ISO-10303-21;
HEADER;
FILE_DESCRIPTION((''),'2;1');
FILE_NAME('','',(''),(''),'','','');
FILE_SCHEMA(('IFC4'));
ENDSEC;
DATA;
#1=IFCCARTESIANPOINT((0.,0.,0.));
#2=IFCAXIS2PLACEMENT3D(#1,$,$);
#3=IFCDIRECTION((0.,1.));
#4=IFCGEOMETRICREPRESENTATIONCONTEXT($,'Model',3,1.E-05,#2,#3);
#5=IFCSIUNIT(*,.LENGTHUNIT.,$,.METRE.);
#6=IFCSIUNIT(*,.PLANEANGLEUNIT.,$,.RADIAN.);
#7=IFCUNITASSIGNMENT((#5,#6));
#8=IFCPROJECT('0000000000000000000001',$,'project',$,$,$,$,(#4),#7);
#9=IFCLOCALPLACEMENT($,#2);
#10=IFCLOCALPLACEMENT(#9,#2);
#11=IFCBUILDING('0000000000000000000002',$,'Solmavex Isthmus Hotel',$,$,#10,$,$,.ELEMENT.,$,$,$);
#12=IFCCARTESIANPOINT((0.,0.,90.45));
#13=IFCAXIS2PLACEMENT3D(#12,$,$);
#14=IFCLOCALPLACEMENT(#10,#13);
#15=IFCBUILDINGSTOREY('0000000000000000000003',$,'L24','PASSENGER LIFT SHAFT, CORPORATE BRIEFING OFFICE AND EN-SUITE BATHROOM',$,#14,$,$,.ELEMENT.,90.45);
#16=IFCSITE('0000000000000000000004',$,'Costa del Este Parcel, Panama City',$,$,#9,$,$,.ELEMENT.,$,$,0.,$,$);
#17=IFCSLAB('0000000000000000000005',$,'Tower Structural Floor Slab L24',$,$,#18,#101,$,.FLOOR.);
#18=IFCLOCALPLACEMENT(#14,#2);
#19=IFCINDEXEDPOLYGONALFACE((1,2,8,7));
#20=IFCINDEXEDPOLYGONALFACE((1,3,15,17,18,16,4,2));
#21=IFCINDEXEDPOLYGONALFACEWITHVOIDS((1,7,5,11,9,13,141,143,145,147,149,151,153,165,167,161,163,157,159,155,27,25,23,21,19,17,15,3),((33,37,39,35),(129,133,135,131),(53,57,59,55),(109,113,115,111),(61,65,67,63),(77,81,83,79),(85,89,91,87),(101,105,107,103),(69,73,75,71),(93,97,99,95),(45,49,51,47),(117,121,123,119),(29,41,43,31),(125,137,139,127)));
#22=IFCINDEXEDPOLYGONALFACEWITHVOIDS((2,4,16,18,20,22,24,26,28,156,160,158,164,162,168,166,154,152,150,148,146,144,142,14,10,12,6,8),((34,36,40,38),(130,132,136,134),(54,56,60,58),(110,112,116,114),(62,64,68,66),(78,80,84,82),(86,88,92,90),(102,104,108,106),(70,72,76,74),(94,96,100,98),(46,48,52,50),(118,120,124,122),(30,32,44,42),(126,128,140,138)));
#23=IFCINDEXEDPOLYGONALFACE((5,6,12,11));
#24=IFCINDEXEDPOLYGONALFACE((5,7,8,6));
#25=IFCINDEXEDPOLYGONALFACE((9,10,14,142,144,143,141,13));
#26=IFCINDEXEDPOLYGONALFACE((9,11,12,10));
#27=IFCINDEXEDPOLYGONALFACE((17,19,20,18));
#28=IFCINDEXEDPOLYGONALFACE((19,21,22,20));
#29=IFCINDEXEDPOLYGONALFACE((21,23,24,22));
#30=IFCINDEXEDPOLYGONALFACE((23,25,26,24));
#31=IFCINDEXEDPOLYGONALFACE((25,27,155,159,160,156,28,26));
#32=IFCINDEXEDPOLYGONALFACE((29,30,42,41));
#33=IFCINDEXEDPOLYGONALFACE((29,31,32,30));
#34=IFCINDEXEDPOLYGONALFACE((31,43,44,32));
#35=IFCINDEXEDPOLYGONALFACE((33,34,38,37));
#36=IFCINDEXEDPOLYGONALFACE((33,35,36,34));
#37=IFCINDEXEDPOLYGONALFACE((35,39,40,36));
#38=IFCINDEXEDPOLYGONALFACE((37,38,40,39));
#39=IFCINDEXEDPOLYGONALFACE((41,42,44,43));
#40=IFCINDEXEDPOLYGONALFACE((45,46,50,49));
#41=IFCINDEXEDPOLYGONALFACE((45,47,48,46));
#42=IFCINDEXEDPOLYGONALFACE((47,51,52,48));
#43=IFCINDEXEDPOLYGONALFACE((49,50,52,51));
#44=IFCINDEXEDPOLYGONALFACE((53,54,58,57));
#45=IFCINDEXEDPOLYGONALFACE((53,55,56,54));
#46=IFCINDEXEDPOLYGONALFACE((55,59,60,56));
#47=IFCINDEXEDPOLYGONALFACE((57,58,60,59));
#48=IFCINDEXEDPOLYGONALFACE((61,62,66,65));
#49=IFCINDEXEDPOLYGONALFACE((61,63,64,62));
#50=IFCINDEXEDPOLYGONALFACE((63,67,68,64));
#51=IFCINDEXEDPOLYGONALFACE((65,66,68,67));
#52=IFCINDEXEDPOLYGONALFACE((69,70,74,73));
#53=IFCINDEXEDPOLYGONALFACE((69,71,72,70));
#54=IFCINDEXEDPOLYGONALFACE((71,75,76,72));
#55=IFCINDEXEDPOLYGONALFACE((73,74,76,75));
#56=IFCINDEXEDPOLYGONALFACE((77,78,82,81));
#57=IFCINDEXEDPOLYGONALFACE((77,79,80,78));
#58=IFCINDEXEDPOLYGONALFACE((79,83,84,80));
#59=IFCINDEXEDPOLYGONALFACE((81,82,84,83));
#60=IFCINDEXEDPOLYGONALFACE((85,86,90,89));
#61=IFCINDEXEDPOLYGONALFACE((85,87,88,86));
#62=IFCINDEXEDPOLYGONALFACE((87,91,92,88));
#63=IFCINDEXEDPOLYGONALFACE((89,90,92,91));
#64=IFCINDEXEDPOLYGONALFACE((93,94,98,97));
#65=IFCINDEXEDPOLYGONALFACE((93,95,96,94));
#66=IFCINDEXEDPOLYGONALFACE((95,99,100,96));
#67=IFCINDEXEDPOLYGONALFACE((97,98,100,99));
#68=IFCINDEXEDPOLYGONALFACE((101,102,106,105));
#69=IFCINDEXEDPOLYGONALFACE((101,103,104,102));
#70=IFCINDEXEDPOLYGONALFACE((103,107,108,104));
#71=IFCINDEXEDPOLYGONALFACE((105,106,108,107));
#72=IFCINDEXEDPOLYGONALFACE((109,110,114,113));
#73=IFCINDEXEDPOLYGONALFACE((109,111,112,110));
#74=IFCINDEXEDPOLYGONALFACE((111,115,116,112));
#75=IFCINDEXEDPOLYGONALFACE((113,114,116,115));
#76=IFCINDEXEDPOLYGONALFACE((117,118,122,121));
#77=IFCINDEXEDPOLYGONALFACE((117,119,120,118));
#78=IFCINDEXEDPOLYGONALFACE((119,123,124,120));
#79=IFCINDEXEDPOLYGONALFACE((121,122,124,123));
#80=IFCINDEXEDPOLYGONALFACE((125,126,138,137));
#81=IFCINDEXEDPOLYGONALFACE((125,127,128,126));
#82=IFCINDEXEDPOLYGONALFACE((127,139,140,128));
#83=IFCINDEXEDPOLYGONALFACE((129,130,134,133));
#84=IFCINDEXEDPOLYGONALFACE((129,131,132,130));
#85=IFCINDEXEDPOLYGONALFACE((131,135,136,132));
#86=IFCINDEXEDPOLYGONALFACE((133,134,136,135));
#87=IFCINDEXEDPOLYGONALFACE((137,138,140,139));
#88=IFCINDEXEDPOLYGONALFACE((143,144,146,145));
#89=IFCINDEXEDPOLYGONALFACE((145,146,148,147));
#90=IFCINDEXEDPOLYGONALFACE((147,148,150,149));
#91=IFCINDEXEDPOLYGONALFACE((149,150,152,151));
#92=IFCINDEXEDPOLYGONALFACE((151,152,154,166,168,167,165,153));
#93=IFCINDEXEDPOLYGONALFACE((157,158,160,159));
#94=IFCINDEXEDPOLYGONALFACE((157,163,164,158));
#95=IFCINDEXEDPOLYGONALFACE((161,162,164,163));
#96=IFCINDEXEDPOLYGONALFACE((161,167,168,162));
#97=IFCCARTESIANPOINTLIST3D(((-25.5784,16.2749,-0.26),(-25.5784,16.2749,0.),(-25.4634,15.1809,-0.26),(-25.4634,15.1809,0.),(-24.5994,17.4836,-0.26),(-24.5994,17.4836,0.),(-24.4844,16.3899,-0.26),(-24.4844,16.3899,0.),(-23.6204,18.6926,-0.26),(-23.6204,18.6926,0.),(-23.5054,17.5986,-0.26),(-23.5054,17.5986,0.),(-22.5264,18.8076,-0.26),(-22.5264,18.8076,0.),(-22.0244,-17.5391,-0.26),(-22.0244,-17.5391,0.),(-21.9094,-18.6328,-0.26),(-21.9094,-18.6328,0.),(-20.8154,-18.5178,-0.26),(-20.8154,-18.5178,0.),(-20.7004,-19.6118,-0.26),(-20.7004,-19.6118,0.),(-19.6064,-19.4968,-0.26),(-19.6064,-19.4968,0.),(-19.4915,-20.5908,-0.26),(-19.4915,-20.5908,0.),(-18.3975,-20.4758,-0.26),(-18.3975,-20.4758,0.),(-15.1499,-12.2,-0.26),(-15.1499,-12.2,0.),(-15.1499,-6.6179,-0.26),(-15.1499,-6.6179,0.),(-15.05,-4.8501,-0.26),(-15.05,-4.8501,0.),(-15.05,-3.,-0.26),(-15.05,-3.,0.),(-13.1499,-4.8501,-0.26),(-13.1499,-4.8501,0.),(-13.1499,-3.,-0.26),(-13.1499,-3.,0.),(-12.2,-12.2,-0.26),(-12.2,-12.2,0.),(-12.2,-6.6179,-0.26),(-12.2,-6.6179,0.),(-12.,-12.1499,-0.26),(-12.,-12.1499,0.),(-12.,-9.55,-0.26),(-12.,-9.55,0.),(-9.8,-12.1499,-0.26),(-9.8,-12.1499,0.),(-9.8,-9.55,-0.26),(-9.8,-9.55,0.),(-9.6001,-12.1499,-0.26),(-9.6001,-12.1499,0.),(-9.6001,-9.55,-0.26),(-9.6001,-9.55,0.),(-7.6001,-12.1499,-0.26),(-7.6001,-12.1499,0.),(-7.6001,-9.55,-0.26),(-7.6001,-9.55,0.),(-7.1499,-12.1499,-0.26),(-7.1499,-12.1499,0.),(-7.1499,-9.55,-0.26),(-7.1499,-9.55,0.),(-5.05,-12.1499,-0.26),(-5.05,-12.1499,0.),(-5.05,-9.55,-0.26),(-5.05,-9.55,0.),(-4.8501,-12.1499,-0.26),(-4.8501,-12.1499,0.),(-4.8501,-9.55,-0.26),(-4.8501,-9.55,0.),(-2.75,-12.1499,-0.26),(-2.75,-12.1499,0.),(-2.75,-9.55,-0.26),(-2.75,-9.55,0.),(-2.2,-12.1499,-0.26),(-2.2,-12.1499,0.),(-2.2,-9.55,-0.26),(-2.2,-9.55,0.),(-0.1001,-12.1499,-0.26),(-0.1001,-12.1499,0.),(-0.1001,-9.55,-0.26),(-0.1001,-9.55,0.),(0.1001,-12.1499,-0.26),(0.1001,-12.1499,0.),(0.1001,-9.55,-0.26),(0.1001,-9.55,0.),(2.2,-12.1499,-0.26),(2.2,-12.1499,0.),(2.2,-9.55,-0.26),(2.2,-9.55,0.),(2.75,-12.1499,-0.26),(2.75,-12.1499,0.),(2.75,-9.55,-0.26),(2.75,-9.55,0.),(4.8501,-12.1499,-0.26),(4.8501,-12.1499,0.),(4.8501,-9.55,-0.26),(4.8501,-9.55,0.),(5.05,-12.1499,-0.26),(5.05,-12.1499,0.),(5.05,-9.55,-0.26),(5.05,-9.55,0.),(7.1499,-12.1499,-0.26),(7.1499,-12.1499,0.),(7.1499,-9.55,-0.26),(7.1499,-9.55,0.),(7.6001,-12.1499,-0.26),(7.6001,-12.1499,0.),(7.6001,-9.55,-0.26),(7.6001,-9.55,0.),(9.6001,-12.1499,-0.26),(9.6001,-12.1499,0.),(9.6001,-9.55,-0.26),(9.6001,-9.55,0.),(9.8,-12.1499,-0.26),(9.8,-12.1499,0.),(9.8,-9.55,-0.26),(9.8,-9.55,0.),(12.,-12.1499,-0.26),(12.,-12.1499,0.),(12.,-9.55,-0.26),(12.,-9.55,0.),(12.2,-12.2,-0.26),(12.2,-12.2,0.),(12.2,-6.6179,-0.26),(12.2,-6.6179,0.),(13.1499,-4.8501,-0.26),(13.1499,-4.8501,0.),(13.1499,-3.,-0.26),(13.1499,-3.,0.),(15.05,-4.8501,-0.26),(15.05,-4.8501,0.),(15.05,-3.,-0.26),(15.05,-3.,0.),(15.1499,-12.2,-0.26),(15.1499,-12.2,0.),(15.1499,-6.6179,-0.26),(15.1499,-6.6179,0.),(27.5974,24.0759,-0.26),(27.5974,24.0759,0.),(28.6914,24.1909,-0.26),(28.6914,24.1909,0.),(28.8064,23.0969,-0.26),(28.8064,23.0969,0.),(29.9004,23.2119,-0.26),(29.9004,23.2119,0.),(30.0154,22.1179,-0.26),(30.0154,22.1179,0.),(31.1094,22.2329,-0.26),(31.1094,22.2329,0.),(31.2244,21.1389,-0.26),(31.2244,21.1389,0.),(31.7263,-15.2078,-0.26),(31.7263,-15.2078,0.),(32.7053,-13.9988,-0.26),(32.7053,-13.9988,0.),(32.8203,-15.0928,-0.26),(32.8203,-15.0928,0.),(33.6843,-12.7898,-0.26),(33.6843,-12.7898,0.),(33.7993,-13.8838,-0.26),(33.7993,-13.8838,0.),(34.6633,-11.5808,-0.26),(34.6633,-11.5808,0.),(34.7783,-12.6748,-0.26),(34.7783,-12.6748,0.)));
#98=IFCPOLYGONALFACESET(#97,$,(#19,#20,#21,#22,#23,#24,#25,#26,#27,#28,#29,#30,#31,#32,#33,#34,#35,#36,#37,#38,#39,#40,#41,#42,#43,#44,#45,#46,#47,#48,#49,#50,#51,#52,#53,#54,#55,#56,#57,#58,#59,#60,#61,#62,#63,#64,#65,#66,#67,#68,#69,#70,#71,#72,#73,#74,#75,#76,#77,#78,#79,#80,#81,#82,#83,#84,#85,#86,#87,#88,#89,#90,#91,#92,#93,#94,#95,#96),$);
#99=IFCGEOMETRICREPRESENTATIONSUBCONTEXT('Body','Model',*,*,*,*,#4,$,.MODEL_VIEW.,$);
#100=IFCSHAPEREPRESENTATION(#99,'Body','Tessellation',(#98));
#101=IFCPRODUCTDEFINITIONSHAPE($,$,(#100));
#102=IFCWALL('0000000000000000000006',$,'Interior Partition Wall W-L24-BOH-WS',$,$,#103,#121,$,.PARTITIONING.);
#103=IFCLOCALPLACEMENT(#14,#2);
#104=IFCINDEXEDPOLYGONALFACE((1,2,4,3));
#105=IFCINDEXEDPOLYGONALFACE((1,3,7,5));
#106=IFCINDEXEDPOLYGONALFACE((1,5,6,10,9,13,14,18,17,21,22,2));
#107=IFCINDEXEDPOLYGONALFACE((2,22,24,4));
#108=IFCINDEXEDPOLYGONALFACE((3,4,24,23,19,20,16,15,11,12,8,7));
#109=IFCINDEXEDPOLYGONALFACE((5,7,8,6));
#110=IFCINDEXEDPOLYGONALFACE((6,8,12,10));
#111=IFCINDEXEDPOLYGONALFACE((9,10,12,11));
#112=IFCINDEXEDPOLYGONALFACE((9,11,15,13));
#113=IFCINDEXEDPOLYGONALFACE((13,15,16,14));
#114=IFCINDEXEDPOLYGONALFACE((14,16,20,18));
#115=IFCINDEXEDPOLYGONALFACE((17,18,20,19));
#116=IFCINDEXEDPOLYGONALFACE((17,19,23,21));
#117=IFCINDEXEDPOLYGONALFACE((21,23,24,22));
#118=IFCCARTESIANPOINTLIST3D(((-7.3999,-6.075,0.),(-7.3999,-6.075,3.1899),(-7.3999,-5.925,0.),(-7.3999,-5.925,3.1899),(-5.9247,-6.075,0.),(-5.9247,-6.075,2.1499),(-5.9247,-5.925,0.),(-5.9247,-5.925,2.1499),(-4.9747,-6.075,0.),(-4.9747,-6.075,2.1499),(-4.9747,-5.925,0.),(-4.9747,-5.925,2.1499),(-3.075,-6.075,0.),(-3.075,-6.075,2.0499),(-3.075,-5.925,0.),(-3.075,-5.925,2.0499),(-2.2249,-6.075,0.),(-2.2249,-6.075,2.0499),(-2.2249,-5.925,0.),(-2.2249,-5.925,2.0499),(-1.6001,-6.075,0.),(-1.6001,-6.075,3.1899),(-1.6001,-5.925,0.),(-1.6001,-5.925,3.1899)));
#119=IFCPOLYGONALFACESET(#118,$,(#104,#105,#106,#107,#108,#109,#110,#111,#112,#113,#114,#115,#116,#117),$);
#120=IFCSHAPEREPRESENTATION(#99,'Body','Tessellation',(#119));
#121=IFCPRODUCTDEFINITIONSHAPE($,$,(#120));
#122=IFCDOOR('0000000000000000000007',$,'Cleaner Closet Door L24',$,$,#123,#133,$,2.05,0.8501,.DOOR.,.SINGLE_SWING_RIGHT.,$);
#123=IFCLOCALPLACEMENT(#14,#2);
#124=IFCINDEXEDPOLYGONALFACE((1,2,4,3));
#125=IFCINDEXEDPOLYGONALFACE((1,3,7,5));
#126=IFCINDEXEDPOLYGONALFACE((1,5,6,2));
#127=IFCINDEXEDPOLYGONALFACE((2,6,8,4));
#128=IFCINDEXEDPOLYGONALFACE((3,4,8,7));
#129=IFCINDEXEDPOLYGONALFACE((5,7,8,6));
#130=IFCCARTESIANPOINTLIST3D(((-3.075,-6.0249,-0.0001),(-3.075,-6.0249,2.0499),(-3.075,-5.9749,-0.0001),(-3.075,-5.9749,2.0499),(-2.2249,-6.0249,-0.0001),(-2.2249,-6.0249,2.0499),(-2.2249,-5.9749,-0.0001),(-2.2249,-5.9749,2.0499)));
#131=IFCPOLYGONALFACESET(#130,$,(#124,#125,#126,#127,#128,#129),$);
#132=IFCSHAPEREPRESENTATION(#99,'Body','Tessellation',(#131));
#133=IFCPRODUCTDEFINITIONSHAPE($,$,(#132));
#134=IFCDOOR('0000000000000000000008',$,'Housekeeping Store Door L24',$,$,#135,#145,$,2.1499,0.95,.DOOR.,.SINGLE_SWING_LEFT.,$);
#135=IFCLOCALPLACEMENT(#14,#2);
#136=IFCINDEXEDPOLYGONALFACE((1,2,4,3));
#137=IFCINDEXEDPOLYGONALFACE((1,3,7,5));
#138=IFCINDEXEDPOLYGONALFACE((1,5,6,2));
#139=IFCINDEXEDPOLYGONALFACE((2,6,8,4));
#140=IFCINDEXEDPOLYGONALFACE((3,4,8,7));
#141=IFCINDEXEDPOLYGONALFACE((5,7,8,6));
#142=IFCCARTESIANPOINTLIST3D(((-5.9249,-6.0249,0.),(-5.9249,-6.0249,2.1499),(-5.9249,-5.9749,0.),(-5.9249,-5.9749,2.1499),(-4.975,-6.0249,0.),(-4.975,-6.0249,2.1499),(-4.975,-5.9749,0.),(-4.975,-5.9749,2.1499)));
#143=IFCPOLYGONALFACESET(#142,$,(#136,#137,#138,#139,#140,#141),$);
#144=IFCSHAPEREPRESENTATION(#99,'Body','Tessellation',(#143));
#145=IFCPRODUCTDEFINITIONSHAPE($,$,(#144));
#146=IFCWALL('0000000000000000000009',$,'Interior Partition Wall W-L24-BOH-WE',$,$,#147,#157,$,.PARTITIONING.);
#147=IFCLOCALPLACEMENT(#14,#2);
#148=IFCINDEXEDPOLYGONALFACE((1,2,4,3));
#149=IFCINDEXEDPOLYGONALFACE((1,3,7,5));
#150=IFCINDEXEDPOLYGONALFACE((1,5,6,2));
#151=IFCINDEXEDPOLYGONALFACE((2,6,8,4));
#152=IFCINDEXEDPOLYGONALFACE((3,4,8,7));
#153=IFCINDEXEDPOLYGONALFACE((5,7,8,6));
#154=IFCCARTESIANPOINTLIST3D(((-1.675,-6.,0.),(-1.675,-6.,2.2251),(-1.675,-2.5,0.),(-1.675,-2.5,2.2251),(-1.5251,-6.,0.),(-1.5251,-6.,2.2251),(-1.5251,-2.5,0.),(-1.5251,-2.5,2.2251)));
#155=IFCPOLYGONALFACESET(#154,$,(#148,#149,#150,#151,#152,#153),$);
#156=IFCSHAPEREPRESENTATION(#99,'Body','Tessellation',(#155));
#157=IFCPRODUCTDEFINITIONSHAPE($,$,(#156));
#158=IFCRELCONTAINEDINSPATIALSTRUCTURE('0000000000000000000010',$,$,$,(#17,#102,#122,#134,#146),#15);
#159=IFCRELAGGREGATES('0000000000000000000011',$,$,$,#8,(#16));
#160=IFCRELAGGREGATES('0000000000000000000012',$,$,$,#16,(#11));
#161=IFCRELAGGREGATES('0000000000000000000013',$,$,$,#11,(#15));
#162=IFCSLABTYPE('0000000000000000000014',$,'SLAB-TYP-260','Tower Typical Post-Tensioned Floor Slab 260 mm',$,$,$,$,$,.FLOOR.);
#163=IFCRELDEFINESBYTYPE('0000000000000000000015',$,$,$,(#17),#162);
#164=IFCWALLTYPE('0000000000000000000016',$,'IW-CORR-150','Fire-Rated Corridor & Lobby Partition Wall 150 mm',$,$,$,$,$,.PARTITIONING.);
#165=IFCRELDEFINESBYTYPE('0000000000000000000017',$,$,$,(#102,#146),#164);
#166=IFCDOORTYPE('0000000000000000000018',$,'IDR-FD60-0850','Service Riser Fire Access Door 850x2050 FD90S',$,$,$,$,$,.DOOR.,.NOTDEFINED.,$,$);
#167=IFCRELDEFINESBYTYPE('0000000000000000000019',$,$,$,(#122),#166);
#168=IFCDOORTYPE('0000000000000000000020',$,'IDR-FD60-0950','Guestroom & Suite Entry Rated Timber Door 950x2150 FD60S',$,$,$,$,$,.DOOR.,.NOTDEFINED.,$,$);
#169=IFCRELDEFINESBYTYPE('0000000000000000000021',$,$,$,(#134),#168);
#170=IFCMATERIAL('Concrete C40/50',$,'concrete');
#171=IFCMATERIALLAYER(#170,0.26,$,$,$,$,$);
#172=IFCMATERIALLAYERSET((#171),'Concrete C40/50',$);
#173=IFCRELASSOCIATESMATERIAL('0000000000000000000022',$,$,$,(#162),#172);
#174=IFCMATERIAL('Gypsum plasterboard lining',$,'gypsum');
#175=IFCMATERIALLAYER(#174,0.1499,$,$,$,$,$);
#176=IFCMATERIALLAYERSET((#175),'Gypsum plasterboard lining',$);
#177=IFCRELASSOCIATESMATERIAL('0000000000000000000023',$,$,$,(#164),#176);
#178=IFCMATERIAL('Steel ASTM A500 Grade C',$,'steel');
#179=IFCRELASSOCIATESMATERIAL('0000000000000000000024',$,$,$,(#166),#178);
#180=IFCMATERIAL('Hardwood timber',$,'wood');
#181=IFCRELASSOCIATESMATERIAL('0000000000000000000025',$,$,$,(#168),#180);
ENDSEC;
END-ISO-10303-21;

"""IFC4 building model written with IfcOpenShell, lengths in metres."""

from ifc_helpers import new_model, si_unit, direction, frame, frame_2d, origin, place, context, subcontext, project, spatial, polyline, rectangle, outline, extrude, material, layer, layer_set, type_object, element, fill, save


model = new_model("IFC4")

# Units and contexts
model_context = context("Model", 3, precision=1e-05, world=origin(), true_north=direction((0.0, 1.0)))
body_context = subcontext(model_context, "Body", "Model", "MODEL_VIEW")
ifc_project = project(units=[si_unit("LENGTHUNIT", "METRE"), si_unit("PLANEANGLEUNIT", "RADIAN")], contexts=[model_context])

# Site, building, storey
site_placement = place(None, origin())
site = spatial("IfcSite", under=ifc_project, at=site_placement, Name="Costa del Este Parcel, Panama City", CompositionType="ELEMENT", RefElevation=0.0)
building_placement = place(site_placement, origin())
building = spatial("IfcBuilding", under=site, at=building_placement, Name="Solmavex Isthmus Hotel", CompositionType="ELEMENT")
storey_placement = place(building_placement, frame((0.0, 0.0, 90.45)))
storey = spatial("IfcBuildingStorey", under=building, at=storey_placement, Name="L24", Description="PASSENGER LIFT SHAFT, CORPORATE BRIEFING OFFICE AND EN-SUITE BATHROOM", CompositionType="ELEMENT", Elevation=90.45)

# Slab
ifc_material_1 = material(Name="Concrete C40/50", Category="concrete")
ifc_layer_1 = layer(ifc_material_1, 0.26)
ifc_layer_set_1 = layer_set([ifc_layer_1], Name="Concrete C40/50")
slab_type_1 = type_object("IfcSlabType", Name="SLAB-TYP-260", Description="Tower Typical Post-Tensioned Floor Slab 260 mm", PredefinedType="FLOOR", material=ifc_layer_set_1)
slab_1_placement = place(storey_placement, frame((0.0, 0.0, -0.26)))
element("IfcSlab", 1, at=slab_1_placement, inside=storey, type_object=slab_type_1, Name="Tower Structural Floor Slab L24", PredefinedType="FLOOR", context=body_context, shape_type="SweptSolid", body=[
    extrude(outline(polyline([(-18.3975, -20.4758), (31.7263, -15.2078), (32.8203, -15.0928), (32.7053, -13.9988), (33.7993, -13.8838), (33.6843, -12.7898), (34.7783, -12.6748), (34.6633, -11.5808), (31.2244, 21.1389), (31.1094, 22.2329), (30.0154, 22.1179), (29.9004, 23.2119), (28.8064, 23.0969), (28.6914, 24.1909), (27.5974, 24.0759), (-22.5264, 18.8076), (-23.6204, 18.6926), (-23.5054, 17.5986), (-24.5994, 17.4836), (-24.4844, 16.3899), (-25.5784, 16.2749), (-25.4634, 15.1809), (-22.0244, -17.5391), (-21.9094, -18.6328), (-20.8154, -18.5178), (-20.7004, -19.6118), (-19.6064, -19.4968), (-19.4915, -20.5908), (-18.3975, -20.4758)]), holes=[polyline([(-15.1499, -6.6179), (-15.1499, -12.2), (-12.2, -12.2), (-12.2, -6.6179), (-15.1499, -6.6179)]), polyline([(12.2, -6.6179), (12.2, -12.2), (15.1499, -12.2), (15.1499, -6.6179), (12.2, -6.6179)]), polyline([(-12.0, -12.1499), (-9.8, -12.1499), (-9.8, -9.55), (-12.0, -9.55), (-12.0, -12.1499)]), polyline([(9.8, -12.1499), (12.0, -12.1499), (12.0, -9.55), (9.8, -9.55), (9.8, -12.1499)]), polyline([(-9.6001, -12.1499), (-7.6001, -12.1499), (-7.6001, -9.55), (-9.6001, -9.55), (-9.6001, -12.1499)]), polyline([(7.6001, -12.1499), (9.6001, -12.1499), (9.6001, -9.55), (7.6001, -9.55), (7.6001, -12.1499)]), polyline([(-7.1499, -12.1499), (-5.05, -12.1499), (-5.05, -9.55), (-7.1499, -9.55), (-7.1499, -12.1499)]), polyline([(-4.8501, -12.1499), (-2.75, -12.1499), (-2.75, -9.55), (-4.8501, -9.55), (-4.8501, -12.1499)]), polyline([(-2.2, -12.1499), (-0.1001, -12.1499), (-0.1001, -9.55), (-2.2, -9.55), (-2.2, -12.1499)]), polyline([(0.1001, -12.1499), (2.2, -12.1499), (2.2, -9.55), (0.1001, -9.55), (0.1001, -12.1499)]), polyline([(2.75, -12.1499), (4.8501, -12.1499), (4.8501, -9.55), (2.75, -9.55), (2.75, -12.1499)]), polyline([(5.05, -12.1499), (7.1499, -12.1499), (7.1499, -9.55), (5.05, -9.55), (5.05, -12.1499)]), polyline([(-15.05, -4.8501), (-13.1499, -4.8501), (-13.1499, -3.0), (-15.05, -3.0), (-15.05, -4.8501)]), polyline([(13.1499, -4.8501), (15.05, -4.8501), (15.05, -3.0), (13.1499, -3.0), (13.1499, -4.8501)])]), origin(), (0.0, 0.0, 1.0), 0.26),
])

# Wall, openings, doors
ifc_material_2 = material(Name="Gypsum plasterboard lining", Category="gypsum")
ifc_layer_2 = layer(ifc_material_2, 0.1499)
ifc_layer_set_2 = layer_set([ifc_layer_2], Name="Gypsum plasterboard lining")
wall_type_1 = type_object("IfcWallType", Name="IW-CORR-150", Description="Fire-Rated Corridor & Lobby Partition Wall 150 mm", PredefinedType="PARTITIONING", material=ifc_layer_set_2)
wall_1_placement = place(storey_placement, frame((-7.3999, -6.0, 0.0), z_axis=(0.0, 0.0, 1.0), x_axis=(1.0, 0.0, 0.0)))
wall_1 = element("IfcWall", 2, at=wall_1_placement, inside=storey, type_object=wall_type_1, Name="Interior Partition Wall W-L24-BOH-WS", PredefinedType="PARTITIONING", context=body_context, shape_type="SweptSolid", body=[
    extrude(rectangle(XDim=5.7998, YDim=0.1499, at=frame_2d((2.8999, 0.0))), origin(), (0.0, 0.0, 1.0), 3.1899),
])
opening_1_placement = place(wall_1_placement, frame((1.4751, 0.0, 0.0)))
opening_1 = element("IfcOpeningElement", 3, at=opening_1_placement, cuts=wall_1, PredefinedType="OPENING", context=body_context, shape_type="SweptSolid", body=[
    extrude(rectangle(XDim=0.95, YDim=2.1499, at=frame_2d((0.4751, 1.075))), frame((0.0, 0.085, 0.0), z_axis=(0.0, -1.0, 0.0), x_axis=(1.0, 0.0, 0.0)), (0.0, 0.0, 1.0), 0.1699),
])
opening_2_placement = place(wall_1_placement, frame((4.325, 0.0, 0.0)))
opening_2 = element("IfcOpeningElement", 4, at=opening_2_placement, cuts=wall_1, PredefinedType="OPENING", context=body_context, shape_type="SweptSolid", body=[
    extrude(rectangle(XDim=0.8501, YDim=2.05, at=frame_2d((0.425, 1.0249))), frame((0.0, 0.085, 0.0), z_axis=(0.0, -1.0, 0.0), x_axis=(1.0, 0.0, 0.0)), (0.0, 0.0, 1.0), 0.1699),
])
ifc_material_3 = material(Name="Steel ASTM A500 Grade C", Category="steel")
door_type_1 = type_object("IfcDoorType", Name="IDR-FD60-0850", Description="Service Riser Fire Access Door 850x2050 FD90S", OperationType="NOTDEFINED", PredefinedType="DOOR", material=ifc_material_3)
door_1_placement = place(opening_2_placement, frame((0.8501, 0.0, 0.0), z_axis=(0.0, 0.0, 1.0), x_axis=(-1.0, 0.0, 0.0)))
door_1 = element("IfcDoor", 5, at=door_1_placement, inside=storey, type_object=door_type_1, Name="Cleaner Closet Door L24", OperationType="SINGLE_SWING_RIGHT", OverallHeight=2.05, OverallWidth=0.8501, PredefinedType="DOOR", context=body_context, shape_type="SweptSolid", body=[
    extrude(rectangle(XDim=0.8501, YDim=2.05, at=frame_2d((0.425, 1.0249))), frame((0.0, 0.0249, 0.0), z_axis=(0.0, -1.0, 0.0), x_axis=(1.0, 0.0, 0.0)), (0.0, 0.0, 1.0), 0.05),
])
fill(opening_2, door_1)
ifc_material_4 = material(Name="Hardwood timber", Category="wood")
door_type_2 = type_object("IfcDoorType", Name="IDR-FD60-0950", Description="Guestroom & Suite Entry Rated Timber Door 950x2150 FD60S", OperationType="NOTDEFINED", PredefinedType="DOOR", material=ifc_material_4)
door_2_placement = place(opening_1_placement, frame((0.95, 0.0, 0.0), z_axis=(0.0, 0.0, 1.0), x_axis=(-1.0, 0.0, 0.0)))
door_2 = element("IfcDoor", 6, at=door_2_placement, inside=storey, type_object=door_type_2, Name="Housekeeping Store Door L24", OperationType="SINGLE_SWING_LEFT", OverallHeight=2.1499, OverallWidth=0.95, PredefinedType="DOOR", context=body_context, shape_type="SweptSolid", body=[
    extrude(rectangle(XDim=0.95, YDim=2.1499, at=frame_2d((0.4751, 1.075))), frame((0.0, 0.0249, 0.0), z_axis=(0.0, -1.0, 0.0), x_axis=(1.0, 0.0, 0.0)), (0.0, 0.0, 1.0), 0.05),
])
fill(opening_1, door_2)

# Wall
wall_2_placement = place(storey_placement, frame((-1.6001, -6.0, 0.0), z_axis=(0.0, 0.0, 1.0), x_axis=(0.0, 1.0, 0.0)))
element("IfcWall", 7, at=wall_2_placement, inside=storey, type_object=wall_type_1, Name="Interior Partition Wall W-L24-BOH-WE", PredefinedType="PARTITIONING", context=body_context, shape_type="SweptSolid", body=[
    extrude(rectangle(XDim=3.5, YDim=0.1499, at=frame_2d((1.75, 0.0))), origin(), (0.0, 0.0, 1.0), 2.2251),
])

save(model, "model.ifc")
